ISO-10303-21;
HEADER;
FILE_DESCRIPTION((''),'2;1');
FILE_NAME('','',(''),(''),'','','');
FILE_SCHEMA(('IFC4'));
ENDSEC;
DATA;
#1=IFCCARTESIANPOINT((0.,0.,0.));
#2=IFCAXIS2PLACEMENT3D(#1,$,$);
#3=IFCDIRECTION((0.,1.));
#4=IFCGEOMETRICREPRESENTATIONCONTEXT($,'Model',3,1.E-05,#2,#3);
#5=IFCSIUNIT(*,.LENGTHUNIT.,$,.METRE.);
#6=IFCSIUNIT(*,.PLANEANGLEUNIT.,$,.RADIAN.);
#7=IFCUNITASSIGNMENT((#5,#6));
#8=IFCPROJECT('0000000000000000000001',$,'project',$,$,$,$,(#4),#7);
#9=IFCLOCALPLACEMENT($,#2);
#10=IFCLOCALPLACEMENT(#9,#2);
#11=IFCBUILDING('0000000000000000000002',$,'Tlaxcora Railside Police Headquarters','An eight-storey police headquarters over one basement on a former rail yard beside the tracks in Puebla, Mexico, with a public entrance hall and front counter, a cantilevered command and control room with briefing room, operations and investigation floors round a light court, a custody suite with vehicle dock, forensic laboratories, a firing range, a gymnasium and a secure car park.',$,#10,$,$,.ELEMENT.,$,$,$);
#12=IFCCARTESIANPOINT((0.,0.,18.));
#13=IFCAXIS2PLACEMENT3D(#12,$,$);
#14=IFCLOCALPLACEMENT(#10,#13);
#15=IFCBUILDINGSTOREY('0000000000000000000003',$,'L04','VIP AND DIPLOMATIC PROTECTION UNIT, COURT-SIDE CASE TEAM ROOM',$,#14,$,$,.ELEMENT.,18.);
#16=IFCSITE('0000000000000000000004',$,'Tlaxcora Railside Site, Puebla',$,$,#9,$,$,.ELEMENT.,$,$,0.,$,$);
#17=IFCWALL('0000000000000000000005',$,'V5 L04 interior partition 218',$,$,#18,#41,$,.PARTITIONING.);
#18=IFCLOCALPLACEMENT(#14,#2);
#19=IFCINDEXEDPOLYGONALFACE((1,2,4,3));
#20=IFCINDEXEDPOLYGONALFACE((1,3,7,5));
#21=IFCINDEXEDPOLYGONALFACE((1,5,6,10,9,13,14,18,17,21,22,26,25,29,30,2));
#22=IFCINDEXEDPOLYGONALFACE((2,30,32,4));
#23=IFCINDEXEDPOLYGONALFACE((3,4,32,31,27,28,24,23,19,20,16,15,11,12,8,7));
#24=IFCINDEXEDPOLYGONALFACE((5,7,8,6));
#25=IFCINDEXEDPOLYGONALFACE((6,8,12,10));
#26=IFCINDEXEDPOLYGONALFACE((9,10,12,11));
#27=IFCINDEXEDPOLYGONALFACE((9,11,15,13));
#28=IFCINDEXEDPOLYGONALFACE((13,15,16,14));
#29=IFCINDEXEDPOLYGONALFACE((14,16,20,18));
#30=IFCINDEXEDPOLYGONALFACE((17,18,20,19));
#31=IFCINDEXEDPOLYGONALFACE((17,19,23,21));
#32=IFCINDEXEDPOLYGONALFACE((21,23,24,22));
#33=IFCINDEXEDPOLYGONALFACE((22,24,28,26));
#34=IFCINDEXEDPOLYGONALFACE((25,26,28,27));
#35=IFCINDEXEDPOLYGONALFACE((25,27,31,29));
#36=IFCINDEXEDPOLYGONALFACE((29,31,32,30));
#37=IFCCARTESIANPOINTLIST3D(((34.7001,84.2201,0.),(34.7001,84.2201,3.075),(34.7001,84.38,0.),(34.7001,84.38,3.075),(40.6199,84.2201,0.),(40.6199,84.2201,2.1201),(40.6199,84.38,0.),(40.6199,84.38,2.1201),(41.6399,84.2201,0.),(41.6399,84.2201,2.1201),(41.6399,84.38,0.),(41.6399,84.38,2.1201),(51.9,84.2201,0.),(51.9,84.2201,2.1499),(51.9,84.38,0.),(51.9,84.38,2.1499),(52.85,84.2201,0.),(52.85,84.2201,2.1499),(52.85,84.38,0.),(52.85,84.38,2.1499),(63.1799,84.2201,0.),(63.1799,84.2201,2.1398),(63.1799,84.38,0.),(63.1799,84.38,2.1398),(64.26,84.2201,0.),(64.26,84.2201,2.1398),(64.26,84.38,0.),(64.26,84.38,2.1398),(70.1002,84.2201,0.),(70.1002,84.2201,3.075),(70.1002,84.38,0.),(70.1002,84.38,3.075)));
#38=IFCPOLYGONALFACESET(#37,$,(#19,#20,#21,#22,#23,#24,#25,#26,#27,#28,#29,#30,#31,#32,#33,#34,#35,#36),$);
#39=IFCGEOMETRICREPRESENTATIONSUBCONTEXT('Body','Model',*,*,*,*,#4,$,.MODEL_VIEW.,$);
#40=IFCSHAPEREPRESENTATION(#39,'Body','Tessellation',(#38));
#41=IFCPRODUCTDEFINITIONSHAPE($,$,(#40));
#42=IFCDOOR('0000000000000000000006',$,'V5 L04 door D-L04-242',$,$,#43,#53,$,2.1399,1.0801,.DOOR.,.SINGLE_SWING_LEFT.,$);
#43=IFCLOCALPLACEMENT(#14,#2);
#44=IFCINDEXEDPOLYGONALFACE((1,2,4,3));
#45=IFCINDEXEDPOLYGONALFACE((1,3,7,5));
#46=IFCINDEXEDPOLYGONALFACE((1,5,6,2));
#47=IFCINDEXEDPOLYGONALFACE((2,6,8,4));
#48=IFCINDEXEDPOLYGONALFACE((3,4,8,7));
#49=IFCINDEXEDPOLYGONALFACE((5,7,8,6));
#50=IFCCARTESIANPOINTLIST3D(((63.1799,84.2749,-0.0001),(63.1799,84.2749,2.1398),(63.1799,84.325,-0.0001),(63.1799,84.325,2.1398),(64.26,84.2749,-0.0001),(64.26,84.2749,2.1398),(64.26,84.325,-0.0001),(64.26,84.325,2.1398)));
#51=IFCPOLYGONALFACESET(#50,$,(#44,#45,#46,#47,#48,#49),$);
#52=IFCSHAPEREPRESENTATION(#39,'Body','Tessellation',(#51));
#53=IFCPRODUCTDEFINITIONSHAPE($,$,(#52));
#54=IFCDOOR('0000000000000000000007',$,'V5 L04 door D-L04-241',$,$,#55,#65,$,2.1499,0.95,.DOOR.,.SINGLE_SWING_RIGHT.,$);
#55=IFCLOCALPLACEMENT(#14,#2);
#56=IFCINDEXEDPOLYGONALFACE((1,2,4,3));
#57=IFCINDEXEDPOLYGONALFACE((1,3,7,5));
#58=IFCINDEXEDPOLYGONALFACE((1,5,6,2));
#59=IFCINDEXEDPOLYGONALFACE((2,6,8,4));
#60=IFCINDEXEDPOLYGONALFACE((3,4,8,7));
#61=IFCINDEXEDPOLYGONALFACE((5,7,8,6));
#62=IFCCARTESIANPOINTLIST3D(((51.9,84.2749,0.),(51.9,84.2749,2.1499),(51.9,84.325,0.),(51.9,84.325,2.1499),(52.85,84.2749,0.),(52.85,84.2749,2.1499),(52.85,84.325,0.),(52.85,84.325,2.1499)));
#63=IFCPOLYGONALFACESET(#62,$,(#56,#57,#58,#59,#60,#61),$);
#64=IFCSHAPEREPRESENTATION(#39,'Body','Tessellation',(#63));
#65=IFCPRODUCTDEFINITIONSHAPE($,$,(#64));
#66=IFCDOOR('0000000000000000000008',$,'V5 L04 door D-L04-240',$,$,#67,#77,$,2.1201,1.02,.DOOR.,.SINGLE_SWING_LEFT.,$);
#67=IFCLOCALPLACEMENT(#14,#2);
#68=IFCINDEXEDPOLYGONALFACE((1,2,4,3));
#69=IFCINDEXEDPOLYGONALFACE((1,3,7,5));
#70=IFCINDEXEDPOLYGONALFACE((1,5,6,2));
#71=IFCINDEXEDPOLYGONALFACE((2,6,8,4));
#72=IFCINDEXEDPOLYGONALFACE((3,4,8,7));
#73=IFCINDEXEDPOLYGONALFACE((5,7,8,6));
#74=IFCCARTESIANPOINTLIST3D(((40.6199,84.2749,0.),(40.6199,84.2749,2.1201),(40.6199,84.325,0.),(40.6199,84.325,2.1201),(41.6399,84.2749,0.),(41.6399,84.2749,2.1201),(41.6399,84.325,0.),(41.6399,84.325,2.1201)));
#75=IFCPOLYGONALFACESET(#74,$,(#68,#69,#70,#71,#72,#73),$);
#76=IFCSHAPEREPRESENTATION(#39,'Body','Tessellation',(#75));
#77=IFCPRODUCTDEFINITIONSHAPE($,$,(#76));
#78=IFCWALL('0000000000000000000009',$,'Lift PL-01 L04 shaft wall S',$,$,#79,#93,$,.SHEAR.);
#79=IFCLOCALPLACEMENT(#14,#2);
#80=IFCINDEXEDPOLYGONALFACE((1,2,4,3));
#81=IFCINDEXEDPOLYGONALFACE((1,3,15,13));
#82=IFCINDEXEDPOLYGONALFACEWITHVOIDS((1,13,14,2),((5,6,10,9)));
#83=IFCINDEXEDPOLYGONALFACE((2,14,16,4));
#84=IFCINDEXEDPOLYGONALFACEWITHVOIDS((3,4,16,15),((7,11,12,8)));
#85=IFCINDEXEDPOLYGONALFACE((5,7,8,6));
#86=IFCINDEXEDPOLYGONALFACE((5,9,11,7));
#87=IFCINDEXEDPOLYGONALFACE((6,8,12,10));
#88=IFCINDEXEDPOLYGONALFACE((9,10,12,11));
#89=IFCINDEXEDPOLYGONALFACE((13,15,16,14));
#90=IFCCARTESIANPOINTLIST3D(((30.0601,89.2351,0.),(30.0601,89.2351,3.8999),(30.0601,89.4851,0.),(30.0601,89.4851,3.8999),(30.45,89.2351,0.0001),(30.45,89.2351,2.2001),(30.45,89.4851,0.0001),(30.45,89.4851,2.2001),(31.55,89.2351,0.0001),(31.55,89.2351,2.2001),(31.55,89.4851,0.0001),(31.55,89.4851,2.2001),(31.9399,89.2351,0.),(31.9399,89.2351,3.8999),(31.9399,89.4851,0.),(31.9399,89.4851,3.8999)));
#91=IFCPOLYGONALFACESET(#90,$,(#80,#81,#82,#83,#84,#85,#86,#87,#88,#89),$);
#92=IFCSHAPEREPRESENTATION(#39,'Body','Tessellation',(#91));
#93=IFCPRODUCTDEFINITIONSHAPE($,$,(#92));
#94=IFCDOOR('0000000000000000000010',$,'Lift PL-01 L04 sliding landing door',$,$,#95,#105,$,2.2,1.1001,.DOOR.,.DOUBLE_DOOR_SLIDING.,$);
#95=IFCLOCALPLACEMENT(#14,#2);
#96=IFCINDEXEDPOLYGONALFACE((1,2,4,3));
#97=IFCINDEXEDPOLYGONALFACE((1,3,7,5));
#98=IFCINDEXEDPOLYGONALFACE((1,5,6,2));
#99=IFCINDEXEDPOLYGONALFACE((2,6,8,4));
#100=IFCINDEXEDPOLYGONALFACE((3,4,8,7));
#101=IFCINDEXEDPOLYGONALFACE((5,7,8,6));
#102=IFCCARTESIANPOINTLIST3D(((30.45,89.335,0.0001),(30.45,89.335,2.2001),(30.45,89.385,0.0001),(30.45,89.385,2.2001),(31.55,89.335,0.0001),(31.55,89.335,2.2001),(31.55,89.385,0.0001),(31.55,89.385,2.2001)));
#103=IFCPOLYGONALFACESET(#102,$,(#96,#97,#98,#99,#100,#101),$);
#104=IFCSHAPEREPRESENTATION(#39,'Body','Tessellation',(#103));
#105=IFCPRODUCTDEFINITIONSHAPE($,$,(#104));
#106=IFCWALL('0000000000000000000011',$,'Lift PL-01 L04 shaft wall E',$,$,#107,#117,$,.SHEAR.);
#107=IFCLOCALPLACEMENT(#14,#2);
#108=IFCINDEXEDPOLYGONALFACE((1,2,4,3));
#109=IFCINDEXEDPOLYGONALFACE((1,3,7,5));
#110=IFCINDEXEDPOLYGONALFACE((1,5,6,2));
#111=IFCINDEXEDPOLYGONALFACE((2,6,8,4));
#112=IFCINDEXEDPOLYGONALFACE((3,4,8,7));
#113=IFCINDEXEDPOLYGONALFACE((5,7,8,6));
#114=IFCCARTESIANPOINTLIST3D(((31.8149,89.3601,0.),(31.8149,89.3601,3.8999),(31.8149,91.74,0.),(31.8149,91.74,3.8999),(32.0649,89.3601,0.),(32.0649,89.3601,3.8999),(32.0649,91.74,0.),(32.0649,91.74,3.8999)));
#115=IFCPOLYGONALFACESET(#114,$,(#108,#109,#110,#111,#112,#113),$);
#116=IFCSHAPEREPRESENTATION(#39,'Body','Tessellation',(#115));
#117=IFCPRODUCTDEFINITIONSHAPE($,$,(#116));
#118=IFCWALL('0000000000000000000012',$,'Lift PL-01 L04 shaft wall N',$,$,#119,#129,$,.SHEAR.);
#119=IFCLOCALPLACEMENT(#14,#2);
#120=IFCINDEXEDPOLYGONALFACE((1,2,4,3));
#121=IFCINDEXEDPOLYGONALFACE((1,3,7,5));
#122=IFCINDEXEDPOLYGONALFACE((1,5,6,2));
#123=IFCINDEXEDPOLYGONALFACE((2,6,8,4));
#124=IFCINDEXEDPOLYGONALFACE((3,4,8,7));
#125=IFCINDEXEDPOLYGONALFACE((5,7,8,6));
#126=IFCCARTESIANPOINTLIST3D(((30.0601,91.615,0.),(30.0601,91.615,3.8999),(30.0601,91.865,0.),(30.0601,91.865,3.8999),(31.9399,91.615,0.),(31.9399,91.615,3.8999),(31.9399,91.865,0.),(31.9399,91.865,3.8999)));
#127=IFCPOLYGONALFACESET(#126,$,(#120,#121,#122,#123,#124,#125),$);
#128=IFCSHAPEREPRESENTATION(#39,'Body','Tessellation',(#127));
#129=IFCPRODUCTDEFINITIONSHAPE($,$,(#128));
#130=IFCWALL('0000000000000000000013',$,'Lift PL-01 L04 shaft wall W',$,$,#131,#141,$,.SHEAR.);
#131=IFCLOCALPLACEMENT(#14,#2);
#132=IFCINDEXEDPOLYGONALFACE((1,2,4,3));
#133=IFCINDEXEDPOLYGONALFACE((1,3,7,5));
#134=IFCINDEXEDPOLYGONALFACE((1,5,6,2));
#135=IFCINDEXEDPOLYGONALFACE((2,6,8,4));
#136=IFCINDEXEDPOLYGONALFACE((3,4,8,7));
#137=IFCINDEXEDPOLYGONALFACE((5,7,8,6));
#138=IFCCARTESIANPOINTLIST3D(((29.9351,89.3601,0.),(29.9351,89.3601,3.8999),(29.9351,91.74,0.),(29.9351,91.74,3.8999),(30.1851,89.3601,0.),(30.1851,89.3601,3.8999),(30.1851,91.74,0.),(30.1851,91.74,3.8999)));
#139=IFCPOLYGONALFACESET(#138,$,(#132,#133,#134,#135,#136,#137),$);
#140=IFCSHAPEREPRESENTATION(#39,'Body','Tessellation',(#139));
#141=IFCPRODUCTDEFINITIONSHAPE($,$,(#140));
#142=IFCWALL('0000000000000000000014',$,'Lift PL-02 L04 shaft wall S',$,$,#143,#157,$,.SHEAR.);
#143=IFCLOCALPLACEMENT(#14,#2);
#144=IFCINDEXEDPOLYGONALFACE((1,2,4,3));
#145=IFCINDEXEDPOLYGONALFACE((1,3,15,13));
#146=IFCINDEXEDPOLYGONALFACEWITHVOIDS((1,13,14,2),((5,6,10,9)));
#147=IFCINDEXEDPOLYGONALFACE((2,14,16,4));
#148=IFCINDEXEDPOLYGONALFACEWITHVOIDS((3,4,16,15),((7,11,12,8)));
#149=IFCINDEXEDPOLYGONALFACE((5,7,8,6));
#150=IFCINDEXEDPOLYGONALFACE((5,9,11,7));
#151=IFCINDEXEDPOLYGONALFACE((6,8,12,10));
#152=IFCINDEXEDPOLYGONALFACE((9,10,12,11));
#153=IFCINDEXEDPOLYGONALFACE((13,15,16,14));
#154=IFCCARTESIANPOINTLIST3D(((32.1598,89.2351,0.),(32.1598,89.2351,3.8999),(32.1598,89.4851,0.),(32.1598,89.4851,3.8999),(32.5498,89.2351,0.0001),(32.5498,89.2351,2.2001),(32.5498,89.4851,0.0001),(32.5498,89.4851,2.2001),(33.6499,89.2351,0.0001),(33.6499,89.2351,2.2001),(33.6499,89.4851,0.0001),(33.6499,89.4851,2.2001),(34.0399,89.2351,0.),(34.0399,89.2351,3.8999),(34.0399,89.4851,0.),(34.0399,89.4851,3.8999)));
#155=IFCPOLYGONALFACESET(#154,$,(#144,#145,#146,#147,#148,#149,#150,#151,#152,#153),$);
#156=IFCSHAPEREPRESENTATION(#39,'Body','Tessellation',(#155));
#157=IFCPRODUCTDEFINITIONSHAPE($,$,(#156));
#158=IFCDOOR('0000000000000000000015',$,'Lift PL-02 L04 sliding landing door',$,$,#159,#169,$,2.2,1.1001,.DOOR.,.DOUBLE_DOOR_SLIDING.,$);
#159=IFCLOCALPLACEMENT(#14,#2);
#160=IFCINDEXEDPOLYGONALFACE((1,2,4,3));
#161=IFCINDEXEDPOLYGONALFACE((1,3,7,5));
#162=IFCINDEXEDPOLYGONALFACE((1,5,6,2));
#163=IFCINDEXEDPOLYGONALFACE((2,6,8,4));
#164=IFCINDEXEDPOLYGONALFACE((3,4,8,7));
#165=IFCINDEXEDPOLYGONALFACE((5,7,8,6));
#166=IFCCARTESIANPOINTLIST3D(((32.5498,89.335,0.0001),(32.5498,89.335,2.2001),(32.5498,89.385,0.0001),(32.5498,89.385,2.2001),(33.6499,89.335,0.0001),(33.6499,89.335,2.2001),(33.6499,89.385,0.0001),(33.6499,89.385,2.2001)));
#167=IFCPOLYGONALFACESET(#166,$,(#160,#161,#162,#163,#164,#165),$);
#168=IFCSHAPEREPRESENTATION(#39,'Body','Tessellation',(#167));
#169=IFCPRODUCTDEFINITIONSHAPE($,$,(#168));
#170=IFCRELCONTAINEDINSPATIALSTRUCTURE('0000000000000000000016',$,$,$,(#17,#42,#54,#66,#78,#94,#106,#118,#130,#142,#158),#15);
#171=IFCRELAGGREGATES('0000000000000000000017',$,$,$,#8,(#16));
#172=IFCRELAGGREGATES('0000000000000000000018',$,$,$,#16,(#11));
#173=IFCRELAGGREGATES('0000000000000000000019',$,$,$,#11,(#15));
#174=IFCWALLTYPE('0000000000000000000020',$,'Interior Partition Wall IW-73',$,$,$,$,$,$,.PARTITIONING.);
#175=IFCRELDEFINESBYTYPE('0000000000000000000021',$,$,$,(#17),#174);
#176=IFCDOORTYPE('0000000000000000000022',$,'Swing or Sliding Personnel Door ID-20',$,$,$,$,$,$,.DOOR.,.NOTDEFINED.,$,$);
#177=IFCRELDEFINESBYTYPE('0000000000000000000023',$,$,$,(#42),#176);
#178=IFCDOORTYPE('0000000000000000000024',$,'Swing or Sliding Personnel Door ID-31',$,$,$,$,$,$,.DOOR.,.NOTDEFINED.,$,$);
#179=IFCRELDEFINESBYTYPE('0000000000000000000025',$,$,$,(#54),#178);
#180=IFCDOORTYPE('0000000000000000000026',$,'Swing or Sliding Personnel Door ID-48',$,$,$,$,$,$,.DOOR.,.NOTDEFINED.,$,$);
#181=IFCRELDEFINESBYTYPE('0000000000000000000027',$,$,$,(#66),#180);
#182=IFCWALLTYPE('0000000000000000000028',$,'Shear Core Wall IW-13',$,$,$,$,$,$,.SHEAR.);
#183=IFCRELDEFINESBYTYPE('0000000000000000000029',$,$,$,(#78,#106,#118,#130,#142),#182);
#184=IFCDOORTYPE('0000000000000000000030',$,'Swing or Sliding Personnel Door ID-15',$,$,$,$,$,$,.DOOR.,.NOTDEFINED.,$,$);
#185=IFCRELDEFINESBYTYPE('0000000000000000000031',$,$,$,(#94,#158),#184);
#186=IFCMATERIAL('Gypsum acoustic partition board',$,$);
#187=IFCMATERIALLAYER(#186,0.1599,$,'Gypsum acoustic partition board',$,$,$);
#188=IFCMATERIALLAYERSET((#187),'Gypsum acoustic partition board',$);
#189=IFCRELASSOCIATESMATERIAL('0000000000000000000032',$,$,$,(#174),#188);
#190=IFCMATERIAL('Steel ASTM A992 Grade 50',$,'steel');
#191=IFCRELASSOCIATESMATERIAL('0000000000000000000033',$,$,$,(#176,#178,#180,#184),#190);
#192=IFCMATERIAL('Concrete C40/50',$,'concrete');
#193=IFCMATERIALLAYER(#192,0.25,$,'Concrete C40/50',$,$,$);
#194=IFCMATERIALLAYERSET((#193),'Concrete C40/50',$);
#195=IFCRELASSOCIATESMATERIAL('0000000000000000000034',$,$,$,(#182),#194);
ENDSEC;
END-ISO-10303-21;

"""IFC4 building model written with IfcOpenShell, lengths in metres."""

from ifc_helpers import new_model, si_unit, direction, frame, frame_2d, origin, place, context, subcontext, project, spatial, rectangle, extrude, material, layer, layer_set, type_object, element, fill, save


model = new_model("IFC4")

# Units and contexts
model_context = context("Model", 3, precision=1e-05, world=origin(), true_north=direction((0.0, 1.0)))
body_context = subcontext(model_context, "Body", "Model", "MODEL_VIEW")
ifc_project = project(units=[si_unit("LENGTHUNIT", "METRE"), si_unit("PLANEANGLEUNIT", "RADIAN")], contexts=[model_context])

# Site, building, storey
site_placement = place(None, origin())
site = spatial("IfcSite", under=ifc_project, at=site_placement, Name="Tlaxcora Railside Site, Puebla", CompositionType="ELEMENT", RefElevation=0.0)
building_placement = place(site_placement, origin())
building = spatial("IfcBuilding", under=site, at=building_placement, Name="Tlaxcora Railside Police Headquarters", Description="An eight-storey police headquarters over one basement on a former rail yard beside the tracks in Puebla, Mexico, with a public entrance hall and front counter, a cantilevered command and control room with briefing room, operations and investigation floors round a light court, a custody suite with vehicle dock, forensic laboratories, a firing range, a gymnasium and a secure car park.", CompositionType="ELEMENT")
storey_placement = place(building_placement, frame((0.0, 0.0, 18.0)))
storey = spatial("IfcBuildingStorey", under=building, at=storey_placement, Name="L04", Description="VIP AND DIPLOMATIC PROTECTION UNIT, COURT-SIDE CASE TEAM ROOM", CompositionType="ELEMENT", Elevation=18.0)

# Shared definitions
ifc_material_1 = material(Name="Concrete C40/50", Category="concrete")

# Shared definitions
ifc_material_2 = material(Name="Steel ASTM A992 Grade 50", Category="steel")

# Wall, openings, doors
ifc_material_3 = material(Name="Gypsum acoustic partition board")
ifc_layer_1 = layer(ifc_material_3, 0.1599, Name="Gypsum acoustic partition board")
ifc_layer_set_1 = layer_set([ifc_layer_1], Name="Gypsum acoustic partition board")
wall_type_1 = type_object("IfcWallType", Name="Interior Partition Wall IW-73", PredefinedType="PARTITIONING", material=ifc_layer_set_1)
wall_1_placement = place(storey_placement, frame((34.7, 84.3, 0.0), z_axis=(0.0, 0.0, 1.0), x_axis=(1.0, 0.0, 0.0)))
wall_1 = element("IfcWall", 1, at=wall_1_placement, inside=storey, type_object=wall_type_1, Name="V5 L04 interior partition 218", PredefinedType="PARTITIONING", context=body_context, shape_type="SweptSolid", body=[
    extrude(rectangle(XDim=35.4001, YDim=0.1599, at=frame_2d((17.7002, 0.0))), origin(), (0.0, 0.0, 1.0), 3.075),
])
opening_1_placement = place(wall_1_placement, frame((5.9199, 0.0, 0.0)))
opening_1 = element("IfcOpeningElement", 2, at=opening_1_placement, cuts=wall_1, PredefinedType="OPENING", context=body_context, shape_type="SweptSolid", body=[
    extrude(rectangle(XDim=1.02, YDim=2.1201, at=frame_2d((0.51, 1.0601))), frame((0.0, 0.0898, 0.0), z_axis=(0.0, -1.0, 0.0), x_axis=(1.0, 0.0, 0.0)), (0.0, 0.0, 1.0), 0.1799),
])
opening_2_placement = place(wall_1_placement, frame((17.2, 0.0, 0.0)))
opening_2 = element("IfcOpeningElement", 3, at=opening_2_placement, cuts=wall_1, PredefinedType="OPENING", context=body_context, shape_type="SweptSolid", body=[
    extrude(rectangle(XDim=0.95, YDim=2.1499, at=frame_2d((0.4751, 1.075))), frame((0.0, 0.0898, 0.0), z_axis=(0.0, -1.0, 0.0), x_axis=(1.0, 0.0, 0.0)), (0.0, 0.0, 1.0), 0.1799),
])
opening_3_placement = place(wall_1_placement, frame((28.48, 0.0, 0.0)))
opening_3 = element("IfcOpeningElement", 4, at=opening_3_placement, cuts=wall_1, PredefinedType="OPENING", context=body_context, shape_type="SweptSolid", body=[
    extrude(rectangle(XDim=1.0801, YDim=2.1399, at=frame_2d((0.54, 1.0698))), frame((0.0, 0.0898, 0.0), z_axis=(0.0, -1.0, 0.0), x_axis=(1.0, 0.0, 0.0)), (0.0, 0.0, 1.0), 0.1799),
])
door_type_1 = type_object("IfcDoorType", Name="Swing or Sliding Personnel Door ID-20", OperationType="NOTDEFINED", PredefinedType="DOOR", material=ifc_material_2)
door_1_placement = place(opening_3_placement, origin())
door_1 = element("IfcDoor", 5, at=door_1_placement, inside=storey, type_object=door_type_1, Name="V5 L04 door D-L04-242", OperationType="SINGLE_SWING_LEFT", OverallHeight=2.1399, OverallWidth=1.0801, PredefinedType="DOOR", context=body_context, shape_type="SweptSolid", body=[
    extrude(rectangle(XDim=1.0801, YDim=2.1399, at=frame_2d((0.54, 1.0698))), frame((0.0, 0.0249, 0.0), z_axis=(0.0, -1.0, 0.0), x_axis=(1.0, 0.0, 0.0)), (0.0, 0.0, 1.0), 0.05),
])
fill(opening_3, door_1)
door_type_2 = type_object("IfcDoorType", Name="Swing or Sliding Personnel Door ID-31", OperationType="NOTDEFINED", PredefinedType="DOOR", material=ifc_material_2)
door_2_placement = place(opening_2_placement, origin())
door_2 = element("IfcDoor", 6, at=door_2_placement, inside=storey, type_object=door_type_2, Name="V5 L04 door D-L04-241", OperationType="SINGLE_SWING_RIGHT", OverallHeight=2.1499, OverallWidth=0.95, PredefinedType="DOOR", context=body_context, shape_type="SweptSolid", body=[
    extrude(rectangle(XDim=0.95, YDim=2.1499, at=frame_2d((0.4751, 1.075))), frame((0.0, 0.0249, 0.0), z_axis=(0.0, -1.0, 0.0), x_axis=(1.0, 0.0, 0.0)), (0.0, 0.0, 1.0), 0.05),
])
fill(opening_2, door_2)
door_type_3 = type_object("IfcDoorType", Name="Swing or Sliding Personnel Door ID-48", OperationType="NOTDEFINED", PredefinedType="DOOR", material=ifc_material_2)
door_3_placement = place(opening_1_placement, origin())
door_3 = element("IfcDoor", 7, at=door_3_placement, inside=storey, type_object=door_type_3, Name="V5 L04 door D-L04-240", OperationType="SINGLE_SWING_LEFT", OverallHeight=2.1201, OverallWidth=1.02, PredefinedType="DOOR", context=body_context, shape_type="SweptSolid", body=[
    extrude(rectangle(XDim=1.02, YDim=2.1201, at=frame_2d((0.51, 1.0601))), frame((0.0, 0.0249, 0.0), z_axis=(0.0, -1.0, 0.0), x_axis=(1.0, 0.0, 0.0)), (0.0, 0.0, 1.0), 0.05),
])
fill(opening_1, door_3)

# Wall, opening, door
ifc_layer_2 = layer(ifc_material_1, 0.25, Name="Concrete C40/50")
ifc_layer_set_2 = layer_set([ifc_layer_2], Name="Concrete C40/50")
wall_type_2 = type_object("IfcWallType", Name="Shear Core Wall IW-13", PredefinedType="SHEAR", material=ifc_layer_set_2)
wall_2_placement = place(storey_placement, frame((30.0601, 89.3601, 0.0), z_axis=(0.0, 0.0, 1.0), x_axis=(1.0, 0.0, 0.0)))
wall_2 = element("IfcWall", 8, at=wall_2_placement, inside=storey, type_object=wall_type_2, Name="Lift PL-01 L04 shaft wall S", PredefinedType="SHEAR", context=body_context, shape_type="SweptSolid", body=[
    extrude(rectangle(XDim=1.8799, YDim=0.25, at=frame_2d((0.9399, 0.0))), origin(), (0.0, 0.0, 1.0), 3.8999),
])
opening_4_placement = place(wall_2_placement, frame((0.3899, 0.0, 0.0)))
opening_4 = element("IfcOpeningElement", 9, at=opening_4_placement, cuts=wall_2, PredefinedType="OPENING", context=body_context, shape_type="SweptSolid", body=[
    extrude(rectangle(XDim=1.1001, YDim=2.2, at=frame_2d((0.55, 1.1001))), frame((0.0, 0.135, 0.0), z_axis=(0.0, -1.0, 0.0), x_axis=(1.0, 0.0, 0.0)), (0.0, 0.0, 1.0), 0.27),
])
door_type_4 = type_object("IfcDoorType", Name="Swing or Sliding Personnel Door ID-15", OperationType="NOTDEFINED", PredefinedType="DOOR", material=ifc_material_2)
door_4_placement = place(opening_4_placement, origin())
door_4 = element("IfcDoor", 10, at=door_4_placement, inside=storey, type_object=door_type_4, Name="Lift PL-01 L04 sliding landing door", OperationType="DOUBLE_DOOR_SLIDING", OverallHeight=2.2, OverallWidth=1.1001, PredefinedType="DOOR", context=body_context, shape_type="SweptSolid", body=[
    extrude(rectangle(XDim=1.1001, YDim=2.2, at=frame_2d((0.55, 1.1001))), frame((0.0, 0.0249, 0.0), z_axis=(0.0, -1.0, 0.0), x_axis=(1.0, 0.0, 0.0)), (0.0, 0.0, 1.0), 0.05),
])
fill(opening_4, door_4)

# Walls
wall_3_placement = place(storey_placement, frame((31.9399, 89.3601, 0.0), z_axis=(0.0, 0.0, 1.0), x_axis=(0.0, 1.0, 0.0)))
element("IfcWall", 11, at=wall_3_placement, inside=storey, type_object=wall_type_2, Name="Lift PL-01 L04 shaft wall E", PredefinedType="SHEAR", context=body_context, shape_type="SweptSolid", body=[
    extrude(rectangle(XDim=2.3799, YDim=0.25, at=frame_2d((1.1899, 0.0))), origin(), (0.0, 0.0, 1.0), 3.8999),
])
wall_4_placement = place(storey_placement, frame((31.9399, 91.74, 0.0), z_axis=(0.0, 0.0, 1.0), x_axis=(-1.0, 0.0, 0.0)))
element("IfcWall", 12, at=wall_4_placement, inside=storey, type_object=wall_type_2, Name="Lift PL-01 L04 shaft wall N", PredefinedType="SHEAR", context=body_context, shape_type="SweptSolid", body=[
    extrude(rectangle(XDim=1.8799, YDim=0.25, at=frame_2d((0.9399, 0.0))), origin(), (0.0, 0.0, 1.0), 3.8999),
])
wall_5_placement = place(storey_placement, frame((30.0601, 91.74, 0.0), z_axis=(0.0, 0.0, 1.0), x_axis=(0.0, -1.0, 0.0)))
element("IfcWall", 13, at=wall_5_placement, inside=storey, type_object=wall_type_2, Name="Lift PL-01 L04 shaft wall W", PredefinedType="SHEAR", context=body_context, shape_type="SweptSolid", body=[
    extrude(rectangle(XDim=2.3799, YDim=0.25, at=frame_2d((1.1899, 0.0))), origin(), (0.0, 0.0, 1.0), 3.8999),
])

# Wall, opening, door
wall_6_placement = place(storey_placement, frame((32.1599, 89.3601, 0.0), z_axis=(0.0, 0.0, 1.0), x_axis=(1.0, 0.0, 0.0)))
wall_6 = element("IfcWall", 14, at=wall_6_placement, inside=storey, type_object=wall_type_2, Name="Lift PL-02 L04 shaft wall S", PredefinedType="SHEAR", context=body_context, shape_type="SweptSolid", body=[
    extrude(rectangle(XDim=1.8801, YDim=0.25, at=frame_2d((0.9399, 0.0))), origin(), (0.0, 0.0, 1.0), 3.8999),
])
opening_5_placement = place(wall_6_placement, frame((0.3899, 0.0, 0.0)))
opening_5 = element("IfcOpeningElement", 15, at=opening_5_placement, cuts=wall_6, PredefinedType="OPENING", context=body_context, shape_type="SweptSolid", body=[
    extrude(rectangle(XDim=1.1001, YDim=2.2, at=frame_2d((0.55, 1.1001))), frame((0.0, 0.135, 0.0), z_axis=(0.0, -1.0, 0.0), x_axis=(1.0, 0.0, 0.0)), (0.0, 0.0, 1.0), 0.27),
])
door_5_placement = place(opening_5_placement, origin())
door_5 = element("IfcDoor", 16, at=door_5_placement, inside=storey, type_object=door_type_4, Name="Lift PL-02 L04 sliding landing door", OperationType="DOUBLE_DOOR_SLIDING", OverallHeight=2.2, OverallWidth=1.1001, PredefinedType="DOOR", context=body_context, shape_type="SweptSolid", body=[
    extrude(rectangle(XDim=1.1001, YDim=2.2, at=frame_2d((0.55, 1.1001))), frame((0.0, 0.0249, 0.0), z_axis=(0.0, -1.0, 0.0), x_axis=(1.0, 0.0, 0.0)), (0.0, 0.0, 1.0), 0.05),
])
fill(opening_5, door_5)

save(model, "model.ifc")
